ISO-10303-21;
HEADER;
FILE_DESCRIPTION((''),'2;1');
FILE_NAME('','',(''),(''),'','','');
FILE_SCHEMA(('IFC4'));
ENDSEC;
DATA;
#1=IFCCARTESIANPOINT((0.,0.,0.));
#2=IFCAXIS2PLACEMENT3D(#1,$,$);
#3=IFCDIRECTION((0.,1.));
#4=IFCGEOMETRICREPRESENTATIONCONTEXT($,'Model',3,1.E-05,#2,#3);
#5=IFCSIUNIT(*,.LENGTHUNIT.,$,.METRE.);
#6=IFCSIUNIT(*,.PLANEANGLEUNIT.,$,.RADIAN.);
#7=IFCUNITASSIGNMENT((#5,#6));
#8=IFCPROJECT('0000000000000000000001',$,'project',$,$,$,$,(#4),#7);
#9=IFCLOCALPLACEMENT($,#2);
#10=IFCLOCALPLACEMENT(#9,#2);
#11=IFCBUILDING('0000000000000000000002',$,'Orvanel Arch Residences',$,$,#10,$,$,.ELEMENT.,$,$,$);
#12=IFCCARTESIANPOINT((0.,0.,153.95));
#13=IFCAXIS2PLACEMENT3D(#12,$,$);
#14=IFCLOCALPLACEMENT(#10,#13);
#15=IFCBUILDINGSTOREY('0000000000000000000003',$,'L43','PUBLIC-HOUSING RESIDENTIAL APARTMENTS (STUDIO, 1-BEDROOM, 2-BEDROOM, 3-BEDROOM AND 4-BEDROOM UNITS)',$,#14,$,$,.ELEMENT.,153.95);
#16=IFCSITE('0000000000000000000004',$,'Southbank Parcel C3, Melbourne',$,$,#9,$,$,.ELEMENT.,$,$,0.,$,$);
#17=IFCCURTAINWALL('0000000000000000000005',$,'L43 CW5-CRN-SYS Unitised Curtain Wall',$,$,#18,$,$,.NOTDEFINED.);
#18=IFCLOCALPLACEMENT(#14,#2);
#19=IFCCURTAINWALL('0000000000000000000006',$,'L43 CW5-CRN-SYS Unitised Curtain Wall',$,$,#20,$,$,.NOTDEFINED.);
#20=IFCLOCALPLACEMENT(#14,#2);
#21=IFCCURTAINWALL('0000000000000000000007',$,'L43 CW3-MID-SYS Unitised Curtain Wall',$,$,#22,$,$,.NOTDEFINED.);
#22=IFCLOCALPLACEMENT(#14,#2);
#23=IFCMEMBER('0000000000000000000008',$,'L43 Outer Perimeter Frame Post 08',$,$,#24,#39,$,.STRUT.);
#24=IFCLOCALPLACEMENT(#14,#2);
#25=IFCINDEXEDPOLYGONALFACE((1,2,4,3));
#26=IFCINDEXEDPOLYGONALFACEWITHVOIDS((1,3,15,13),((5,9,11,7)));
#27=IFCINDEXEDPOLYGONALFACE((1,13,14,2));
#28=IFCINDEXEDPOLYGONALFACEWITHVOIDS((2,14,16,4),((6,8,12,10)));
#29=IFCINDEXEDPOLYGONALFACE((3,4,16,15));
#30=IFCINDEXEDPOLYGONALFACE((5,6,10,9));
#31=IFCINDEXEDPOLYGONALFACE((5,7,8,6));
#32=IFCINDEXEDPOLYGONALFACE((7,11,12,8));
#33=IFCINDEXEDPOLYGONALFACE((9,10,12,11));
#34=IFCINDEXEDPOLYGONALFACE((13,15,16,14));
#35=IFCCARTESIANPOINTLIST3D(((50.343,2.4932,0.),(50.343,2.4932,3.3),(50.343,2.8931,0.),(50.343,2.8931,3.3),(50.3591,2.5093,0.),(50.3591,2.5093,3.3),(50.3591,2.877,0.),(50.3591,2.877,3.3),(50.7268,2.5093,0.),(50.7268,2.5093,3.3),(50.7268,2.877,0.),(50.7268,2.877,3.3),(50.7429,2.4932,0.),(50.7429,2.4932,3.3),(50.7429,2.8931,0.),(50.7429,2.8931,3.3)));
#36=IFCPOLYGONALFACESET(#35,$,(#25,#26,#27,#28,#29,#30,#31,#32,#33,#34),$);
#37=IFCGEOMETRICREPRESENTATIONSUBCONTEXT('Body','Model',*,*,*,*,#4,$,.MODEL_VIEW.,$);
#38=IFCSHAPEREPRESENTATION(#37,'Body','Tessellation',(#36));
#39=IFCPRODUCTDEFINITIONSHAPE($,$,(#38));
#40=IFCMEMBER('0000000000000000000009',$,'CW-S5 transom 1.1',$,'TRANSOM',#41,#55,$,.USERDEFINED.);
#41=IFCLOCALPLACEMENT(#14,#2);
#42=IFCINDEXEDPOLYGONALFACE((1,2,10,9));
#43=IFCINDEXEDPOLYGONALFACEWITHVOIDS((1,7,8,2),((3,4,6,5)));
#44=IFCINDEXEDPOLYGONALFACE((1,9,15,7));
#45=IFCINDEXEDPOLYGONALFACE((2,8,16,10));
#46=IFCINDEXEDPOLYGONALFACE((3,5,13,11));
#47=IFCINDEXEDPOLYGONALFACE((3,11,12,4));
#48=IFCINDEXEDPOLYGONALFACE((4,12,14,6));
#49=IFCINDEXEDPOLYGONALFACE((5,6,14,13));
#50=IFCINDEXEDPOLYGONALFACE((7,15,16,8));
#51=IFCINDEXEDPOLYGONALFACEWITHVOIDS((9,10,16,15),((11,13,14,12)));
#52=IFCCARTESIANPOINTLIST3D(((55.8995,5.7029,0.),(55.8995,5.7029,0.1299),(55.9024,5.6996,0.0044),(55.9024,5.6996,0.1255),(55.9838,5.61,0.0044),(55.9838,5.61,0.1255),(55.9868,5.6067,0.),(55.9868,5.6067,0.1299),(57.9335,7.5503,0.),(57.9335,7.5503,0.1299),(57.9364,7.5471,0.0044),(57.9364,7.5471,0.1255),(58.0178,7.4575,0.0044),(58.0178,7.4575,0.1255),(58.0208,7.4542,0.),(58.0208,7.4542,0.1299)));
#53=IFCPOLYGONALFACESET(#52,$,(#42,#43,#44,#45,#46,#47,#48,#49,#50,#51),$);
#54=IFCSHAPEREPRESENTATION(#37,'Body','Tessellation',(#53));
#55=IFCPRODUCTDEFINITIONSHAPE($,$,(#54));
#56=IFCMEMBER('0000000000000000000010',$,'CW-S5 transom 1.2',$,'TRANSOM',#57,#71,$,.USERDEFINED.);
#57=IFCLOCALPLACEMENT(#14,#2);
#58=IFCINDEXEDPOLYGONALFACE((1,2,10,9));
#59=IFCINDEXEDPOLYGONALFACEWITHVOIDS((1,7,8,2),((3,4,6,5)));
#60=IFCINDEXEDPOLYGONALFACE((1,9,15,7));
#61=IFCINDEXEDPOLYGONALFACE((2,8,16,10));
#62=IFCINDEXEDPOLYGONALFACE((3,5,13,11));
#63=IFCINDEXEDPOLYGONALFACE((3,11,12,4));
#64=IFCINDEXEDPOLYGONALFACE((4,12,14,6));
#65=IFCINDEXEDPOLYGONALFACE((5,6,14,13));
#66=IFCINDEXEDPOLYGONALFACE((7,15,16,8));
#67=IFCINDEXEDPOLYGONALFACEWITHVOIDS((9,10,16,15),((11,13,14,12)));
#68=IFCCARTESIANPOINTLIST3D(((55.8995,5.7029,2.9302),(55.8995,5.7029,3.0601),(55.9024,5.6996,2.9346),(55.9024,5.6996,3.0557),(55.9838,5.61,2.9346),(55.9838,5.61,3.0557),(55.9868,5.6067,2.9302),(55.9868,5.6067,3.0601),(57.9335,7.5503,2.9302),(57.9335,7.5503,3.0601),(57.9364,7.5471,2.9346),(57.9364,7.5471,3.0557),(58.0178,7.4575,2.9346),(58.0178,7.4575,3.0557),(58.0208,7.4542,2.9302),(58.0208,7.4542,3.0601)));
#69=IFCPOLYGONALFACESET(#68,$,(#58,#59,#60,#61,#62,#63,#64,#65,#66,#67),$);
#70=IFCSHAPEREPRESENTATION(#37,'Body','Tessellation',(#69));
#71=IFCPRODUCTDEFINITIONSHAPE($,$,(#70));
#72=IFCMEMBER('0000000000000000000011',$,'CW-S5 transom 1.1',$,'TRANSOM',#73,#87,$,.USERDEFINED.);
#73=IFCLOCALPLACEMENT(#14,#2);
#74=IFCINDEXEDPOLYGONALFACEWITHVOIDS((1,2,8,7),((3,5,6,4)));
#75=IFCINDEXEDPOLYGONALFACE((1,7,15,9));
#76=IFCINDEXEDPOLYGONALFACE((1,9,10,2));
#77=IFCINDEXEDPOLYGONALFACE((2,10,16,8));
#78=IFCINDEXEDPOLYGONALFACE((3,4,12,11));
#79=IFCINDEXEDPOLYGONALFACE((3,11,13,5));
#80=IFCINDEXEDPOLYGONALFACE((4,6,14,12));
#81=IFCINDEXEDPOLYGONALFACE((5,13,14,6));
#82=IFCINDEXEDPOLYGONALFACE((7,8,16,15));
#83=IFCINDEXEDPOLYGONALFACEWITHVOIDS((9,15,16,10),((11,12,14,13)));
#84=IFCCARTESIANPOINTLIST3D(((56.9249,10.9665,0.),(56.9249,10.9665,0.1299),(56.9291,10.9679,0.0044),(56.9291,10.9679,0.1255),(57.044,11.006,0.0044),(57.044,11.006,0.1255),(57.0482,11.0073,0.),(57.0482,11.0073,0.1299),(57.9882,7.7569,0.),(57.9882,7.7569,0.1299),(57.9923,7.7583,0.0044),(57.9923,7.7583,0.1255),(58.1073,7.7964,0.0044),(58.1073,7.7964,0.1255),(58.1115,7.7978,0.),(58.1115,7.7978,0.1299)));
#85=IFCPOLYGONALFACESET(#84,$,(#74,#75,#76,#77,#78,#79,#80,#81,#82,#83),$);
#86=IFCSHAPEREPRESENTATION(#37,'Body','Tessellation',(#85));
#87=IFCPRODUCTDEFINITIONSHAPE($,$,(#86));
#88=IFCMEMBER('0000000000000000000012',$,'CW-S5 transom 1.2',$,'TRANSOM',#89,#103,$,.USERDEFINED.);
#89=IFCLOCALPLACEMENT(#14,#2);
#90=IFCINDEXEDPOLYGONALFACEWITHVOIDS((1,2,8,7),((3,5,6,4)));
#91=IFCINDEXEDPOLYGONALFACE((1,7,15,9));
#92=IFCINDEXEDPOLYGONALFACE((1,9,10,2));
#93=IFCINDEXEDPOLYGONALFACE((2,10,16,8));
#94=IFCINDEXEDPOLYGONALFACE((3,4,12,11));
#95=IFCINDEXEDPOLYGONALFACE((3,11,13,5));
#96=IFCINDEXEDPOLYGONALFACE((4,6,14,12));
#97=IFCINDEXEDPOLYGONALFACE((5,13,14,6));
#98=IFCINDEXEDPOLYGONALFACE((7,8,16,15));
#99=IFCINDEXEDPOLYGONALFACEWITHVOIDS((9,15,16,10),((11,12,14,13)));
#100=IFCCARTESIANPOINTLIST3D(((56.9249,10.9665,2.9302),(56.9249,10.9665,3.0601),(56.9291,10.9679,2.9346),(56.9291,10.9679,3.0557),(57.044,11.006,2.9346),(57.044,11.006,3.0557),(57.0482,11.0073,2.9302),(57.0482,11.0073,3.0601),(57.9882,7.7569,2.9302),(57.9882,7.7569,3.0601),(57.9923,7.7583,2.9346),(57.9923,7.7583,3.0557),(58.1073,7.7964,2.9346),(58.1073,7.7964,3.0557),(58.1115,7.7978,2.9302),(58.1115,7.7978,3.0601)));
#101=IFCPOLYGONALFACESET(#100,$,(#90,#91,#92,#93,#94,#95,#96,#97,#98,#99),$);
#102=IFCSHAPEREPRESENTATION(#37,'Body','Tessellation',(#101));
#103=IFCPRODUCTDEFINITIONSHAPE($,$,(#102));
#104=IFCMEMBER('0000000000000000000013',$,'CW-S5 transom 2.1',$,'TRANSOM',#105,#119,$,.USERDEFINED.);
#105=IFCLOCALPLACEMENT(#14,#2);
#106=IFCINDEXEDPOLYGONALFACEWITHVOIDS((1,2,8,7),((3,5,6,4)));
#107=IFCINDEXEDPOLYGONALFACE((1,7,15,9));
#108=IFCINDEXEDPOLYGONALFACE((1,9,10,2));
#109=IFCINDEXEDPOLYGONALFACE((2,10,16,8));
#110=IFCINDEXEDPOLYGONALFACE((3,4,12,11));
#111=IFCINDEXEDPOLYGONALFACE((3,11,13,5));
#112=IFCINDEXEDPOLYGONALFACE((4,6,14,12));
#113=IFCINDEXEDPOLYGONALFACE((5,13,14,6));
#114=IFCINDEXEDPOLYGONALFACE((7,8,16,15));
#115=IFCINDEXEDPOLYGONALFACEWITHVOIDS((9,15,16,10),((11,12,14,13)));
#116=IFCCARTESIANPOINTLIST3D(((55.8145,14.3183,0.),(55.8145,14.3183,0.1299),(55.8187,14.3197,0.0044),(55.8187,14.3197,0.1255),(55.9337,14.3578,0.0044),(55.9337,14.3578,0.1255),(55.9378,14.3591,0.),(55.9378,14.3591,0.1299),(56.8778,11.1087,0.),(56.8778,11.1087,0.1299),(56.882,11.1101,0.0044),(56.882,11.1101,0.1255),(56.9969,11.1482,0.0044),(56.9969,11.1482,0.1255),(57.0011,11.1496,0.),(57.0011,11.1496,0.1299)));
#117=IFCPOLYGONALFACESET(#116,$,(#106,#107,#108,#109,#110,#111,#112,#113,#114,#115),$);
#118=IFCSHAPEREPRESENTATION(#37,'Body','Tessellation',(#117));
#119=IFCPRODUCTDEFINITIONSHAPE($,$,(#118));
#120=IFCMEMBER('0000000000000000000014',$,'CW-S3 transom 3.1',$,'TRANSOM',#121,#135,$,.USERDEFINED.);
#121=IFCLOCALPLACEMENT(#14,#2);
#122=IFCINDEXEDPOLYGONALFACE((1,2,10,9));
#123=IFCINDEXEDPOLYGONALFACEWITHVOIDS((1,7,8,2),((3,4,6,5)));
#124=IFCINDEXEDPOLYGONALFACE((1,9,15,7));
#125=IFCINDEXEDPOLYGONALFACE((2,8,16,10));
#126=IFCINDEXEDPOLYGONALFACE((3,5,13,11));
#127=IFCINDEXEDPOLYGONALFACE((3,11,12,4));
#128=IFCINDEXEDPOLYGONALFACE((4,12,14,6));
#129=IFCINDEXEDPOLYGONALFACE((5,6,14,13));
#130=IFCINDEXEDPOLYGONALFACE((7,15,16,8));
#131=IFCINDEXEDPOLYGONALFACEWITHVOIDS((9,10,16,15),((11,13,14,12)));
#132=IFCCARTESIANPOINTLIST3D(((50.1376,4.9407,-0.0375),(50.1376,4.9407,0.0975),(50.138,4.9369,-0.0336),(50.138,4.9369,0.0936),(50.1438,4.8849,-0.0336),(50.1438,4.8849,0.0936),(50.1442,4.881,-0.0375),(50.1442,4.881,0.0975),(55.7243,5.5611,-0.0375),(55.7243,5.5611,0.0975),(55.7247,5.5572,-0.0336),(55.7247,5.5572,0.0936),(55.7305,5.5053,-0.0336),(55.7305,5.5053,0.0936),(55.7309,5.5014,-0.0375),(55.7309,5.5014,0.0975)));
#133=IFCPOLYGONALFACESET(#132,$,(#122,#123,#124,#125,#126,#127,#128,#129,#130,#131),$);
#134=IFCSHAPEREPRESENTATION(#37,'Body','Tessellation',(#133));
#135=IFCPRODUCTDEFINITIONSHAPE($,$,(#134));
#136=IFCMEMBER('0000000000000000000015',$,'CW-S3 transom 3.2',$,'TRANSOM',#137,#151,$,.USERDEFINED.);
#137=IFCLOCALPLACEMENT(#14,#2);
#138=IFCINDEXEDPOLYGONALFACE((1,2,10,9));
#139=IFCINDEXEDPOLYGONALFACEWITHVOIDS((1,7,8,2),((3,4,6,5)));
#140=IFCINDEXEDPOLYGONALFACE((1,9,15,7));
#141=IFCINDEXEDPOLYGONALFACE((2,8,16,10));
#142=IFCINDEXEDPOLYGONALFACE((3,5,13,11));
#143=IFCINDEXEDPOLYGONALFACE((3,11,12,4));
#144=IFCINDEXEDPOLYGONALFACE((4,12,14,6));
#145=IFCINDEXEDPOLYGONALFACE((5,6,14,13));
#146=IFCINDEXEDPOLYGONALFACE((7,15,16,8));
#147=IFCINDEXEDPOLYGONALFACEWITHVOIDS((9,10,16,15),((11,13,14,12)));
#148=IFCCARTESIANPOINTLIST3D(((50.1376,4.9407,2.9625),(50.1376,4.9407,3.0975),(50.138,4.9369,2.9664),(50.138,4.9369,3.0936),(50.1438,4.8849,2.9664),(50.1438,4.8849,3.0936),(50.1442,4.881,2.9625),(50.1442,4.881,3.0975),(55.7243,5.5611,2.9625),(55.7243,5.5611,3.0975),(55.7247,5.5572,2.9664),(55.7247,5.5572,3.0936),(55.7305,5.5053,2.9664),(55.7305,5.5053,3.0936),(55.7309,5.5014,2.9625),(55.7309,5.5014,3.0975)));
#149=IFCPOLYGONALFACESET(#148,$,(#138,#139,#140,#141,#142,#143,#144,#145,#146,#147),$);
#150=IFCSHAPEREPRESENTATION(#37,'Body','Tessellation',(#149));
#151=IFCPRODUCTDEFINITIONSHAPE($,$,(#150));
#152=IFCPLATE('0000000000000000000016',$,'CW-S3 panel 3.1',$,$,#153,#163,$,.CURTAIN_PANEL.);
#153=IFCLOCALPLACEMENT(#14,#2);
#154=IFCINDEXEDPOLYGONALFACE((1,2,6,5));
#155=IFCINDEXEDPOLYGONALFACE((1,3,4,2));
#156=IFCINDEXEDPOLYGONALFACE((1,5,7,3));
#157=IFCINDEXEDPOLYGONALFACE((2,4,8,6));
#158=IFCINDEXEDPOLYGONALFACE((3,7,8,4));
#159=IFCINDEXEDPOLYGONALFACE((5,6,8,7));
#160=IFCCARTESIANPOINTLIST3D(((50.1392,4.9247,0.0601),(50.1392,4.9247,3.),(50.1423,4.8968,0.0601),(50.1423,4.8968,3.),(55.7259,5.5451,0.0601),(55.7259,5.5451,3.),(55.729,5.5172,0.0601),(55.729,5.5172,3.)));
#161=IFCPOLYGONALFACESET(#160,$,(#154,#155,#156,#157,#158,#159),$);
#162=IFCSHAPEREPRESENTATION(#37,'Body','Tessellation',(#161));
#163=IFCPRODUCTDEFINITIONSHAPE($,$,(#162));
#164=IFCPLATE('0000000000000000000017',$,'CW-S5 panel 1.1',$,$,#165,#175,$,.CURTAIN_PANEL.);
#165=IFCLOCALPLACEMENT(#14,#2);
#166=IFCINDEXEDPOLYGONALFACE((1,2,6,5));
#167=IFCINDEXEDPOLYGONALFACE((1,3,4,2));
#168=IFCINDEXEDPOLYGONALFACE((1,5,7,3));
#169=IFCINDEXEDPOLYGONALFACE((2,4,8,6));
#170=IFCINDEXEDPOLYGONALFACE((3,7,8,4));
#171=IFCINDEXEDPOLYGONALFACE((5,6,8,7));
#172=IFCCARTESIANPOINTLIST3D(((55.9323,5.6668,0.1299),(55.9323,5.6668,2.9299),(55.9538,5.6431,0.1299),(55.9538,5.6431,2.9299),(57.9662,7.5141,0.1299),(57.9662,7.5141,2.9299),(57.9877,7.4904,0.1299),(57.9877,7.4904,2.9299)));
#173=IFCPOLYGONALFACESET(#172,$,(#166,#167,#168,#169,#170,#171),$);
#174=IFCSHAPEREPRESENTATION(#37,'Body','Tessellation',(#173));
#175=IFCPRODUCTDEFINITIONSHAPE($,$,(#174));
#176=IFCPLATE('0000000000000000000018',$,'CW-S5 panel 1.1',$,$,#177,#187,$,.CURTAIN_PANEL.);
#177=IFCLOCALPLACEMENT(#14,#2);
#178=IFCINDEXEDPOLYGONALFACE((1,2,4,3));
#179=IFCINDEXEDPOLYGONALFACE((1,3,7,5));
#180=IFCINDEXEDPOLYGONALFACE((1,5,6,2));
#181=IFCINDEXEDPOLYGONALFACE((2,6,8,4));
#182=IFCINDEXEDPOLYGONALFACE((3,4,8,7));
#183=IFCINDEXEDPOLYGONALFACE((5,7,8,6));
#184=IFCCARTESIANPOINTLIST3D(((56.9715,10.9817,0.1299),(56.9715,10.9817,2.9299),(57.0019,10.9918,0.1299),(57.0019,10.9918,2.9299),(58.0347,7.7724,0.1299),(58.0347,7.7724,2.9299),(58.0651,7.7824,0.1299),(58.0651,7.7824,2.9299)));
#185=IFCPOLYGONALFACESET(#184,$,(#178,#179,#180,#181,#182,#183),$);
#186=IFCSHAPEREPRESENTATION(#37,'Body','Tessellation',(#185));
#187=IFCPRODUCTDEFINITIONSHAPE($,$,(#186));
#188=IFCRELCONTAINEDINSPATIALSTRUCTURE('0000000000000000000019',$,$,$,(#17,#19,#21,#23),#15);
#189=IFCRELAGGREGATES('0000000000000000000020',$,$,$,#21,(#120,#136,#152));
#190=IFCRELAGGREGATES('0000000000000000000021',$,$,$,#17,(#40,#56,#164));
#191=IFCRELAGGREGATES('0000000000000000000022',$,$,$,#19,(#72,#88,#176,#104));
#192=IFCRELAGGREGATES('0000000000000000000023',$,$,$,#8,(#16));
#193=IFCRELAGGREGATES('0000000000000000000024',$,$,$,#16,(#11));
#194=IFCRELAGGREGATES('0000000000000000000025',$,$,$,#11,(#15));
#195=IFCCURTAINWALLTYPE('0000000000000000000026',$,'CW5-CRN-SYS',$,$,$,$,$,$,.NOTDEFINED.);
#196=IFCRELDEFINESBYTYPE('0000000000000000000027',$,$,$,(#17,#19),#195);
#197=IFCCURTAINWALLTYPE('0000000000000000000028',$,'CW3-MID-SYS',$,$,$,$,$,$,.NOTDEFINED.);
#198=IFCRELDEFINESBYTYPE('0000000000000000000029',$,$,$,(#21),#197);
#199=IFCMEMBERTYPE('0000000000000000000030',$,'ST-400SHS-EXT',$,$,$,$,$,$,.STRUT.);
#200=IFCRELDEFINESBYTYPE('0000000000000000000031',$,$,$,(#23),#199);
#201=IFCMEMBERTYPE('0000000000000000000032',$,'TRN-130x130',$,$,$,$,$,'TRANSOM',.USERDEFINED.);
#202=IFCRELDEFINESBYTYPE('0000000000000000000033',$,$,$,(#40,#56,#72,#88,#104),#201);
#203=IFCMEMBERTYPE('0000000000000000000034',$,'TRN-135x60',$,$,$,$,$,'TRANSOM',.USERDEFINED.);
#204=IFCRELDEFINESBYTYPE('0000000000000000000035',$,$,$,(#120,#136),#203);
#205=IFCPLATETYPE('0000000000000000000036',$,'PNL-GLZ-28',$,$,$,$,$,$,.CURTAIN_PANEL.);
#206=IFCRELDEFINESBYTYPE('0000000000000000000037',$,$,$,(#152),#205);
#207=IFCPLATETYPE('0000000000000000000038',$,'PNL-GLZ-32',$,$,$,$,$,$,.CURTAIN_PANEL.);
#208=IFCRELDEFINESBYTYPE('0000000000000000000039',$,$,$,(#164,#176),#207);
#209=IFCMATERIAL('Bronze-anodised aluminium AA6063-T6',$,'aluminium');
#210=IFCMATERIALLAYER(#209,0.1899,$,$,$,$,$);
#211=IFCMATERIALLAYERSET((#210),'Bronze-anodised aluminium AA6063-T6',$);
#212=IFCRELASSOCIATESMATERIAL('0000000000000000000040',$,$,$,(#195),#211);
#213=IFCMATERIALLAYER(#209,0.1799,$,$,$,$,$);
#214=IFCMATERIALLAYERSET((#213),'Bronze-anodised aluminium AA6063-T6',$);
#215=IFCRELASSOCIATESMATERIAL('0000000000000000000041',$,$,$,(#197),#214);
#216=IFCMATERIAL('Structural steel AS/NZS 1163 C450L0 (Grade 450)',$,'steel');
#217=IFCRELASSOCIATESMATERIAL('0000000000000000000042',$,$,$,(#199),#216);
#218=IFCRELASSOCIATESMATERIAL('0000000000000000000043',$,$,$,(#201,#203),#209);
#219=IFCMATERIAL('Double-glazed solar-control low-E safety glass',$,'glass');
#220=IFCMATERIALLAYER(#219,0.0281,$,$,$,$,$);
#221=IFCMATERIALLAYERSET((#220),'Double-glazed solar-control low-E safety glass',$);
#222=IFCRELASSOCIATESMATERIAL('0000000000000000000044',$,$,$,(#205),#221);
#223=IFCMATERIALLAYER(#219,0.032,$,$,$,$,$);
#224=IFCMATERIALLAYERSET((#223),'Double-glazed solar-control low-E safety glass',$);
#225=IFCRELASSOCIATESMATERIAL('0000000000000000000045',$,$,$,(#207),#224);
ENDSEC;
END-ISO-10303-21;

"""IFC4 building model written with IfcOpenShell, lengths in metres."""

from ifc_helpers import new_model, si_unit, direction, frame, origin, origin_2d, place, context, subcontext, project, spatial, rectangle, hollow_rectangle, extrude, material, layer, layer_set, material_profile, profile_set, type_object, element, aggregate, save


model = new_model("IFC4")

# Units and contexts
model_context = context("Model", 3, precision=1e-05, world=origin(), true_north=direction((0.0, 1.0)))
body_context = subcontext(model_context, "Body", "Model", "MODEL_VIEW")
ifc_project = project(units=[si_unit("LENGTHUNIT", "METRE"), si_unit("PLANEANGLEUNIT", "RADIAN")], contexts=[model_context])

# Site, building, storey
site_placement = place(None, origin())
site = spatial("IfcSite", under=ifc_project, at=site_placement, Name="Southbank Parcel C3, Melbourne", CompositionType="ELEMENT", RefElevation=0.0)
building_placement = place(site_placement, origin())
building = spatial("IfcBuilding", under=site, at=building_placement, Name="Orvanel Arch Residences", CompositionType="ELEMENT")
storey_placement = place(building_placement, frame((0.0, 0.0, 153.95)))
storey = spatial("IfcBuildingStorey", under=building, at=storey_placement, Name="L43", Description="PUBLIC-HOUSING RESIDENTIAL APARTMENTS (STUDIO, 1-BEDROOM, 2-BEDROOM, 3-BEDROOM AND 4-BEDROOM UNITS)", CompositionType="ELEMENT", Elevation=153.95)

# Curtain walls
ifc_material_1 = material(Name="Bronze-anodised aluminium AA6063-T6", Category="aluminium")
ifc_layer_1 = layer(ifc_material_1, 0.1899)
ifc_layer_set_1 = layer_set([ifc_layer_1], Name="Bronze-anodised aluminium AA6063-T6")
curtain_wall_type_1 = type_object("IfcCurtainWallType", Name="CW5-CRN-SYS", PredefinedType="NOTDEFINED", material=ifc_layer_set_1)
curtain_wall_1_placement = place(storey_placement, origin())
curtain_wall_1 = element("IfcCurtainWall", 1, at=curtain_wall_1_placement, inside=storey, type_object=curtain_wall_type_1, Name="L43 CW5-CRN-SYS Unitised Curtain Wall", PredefinedType="NOTDEFINED")
curtain_wall_2_placement = place(storey_placement, origin())
curtain_wall_2 = element("IfcCurtainWall", 2, at=curtain_wall_2_placement, inside=storey, type_object=curtain_wall_type_1, Name="L43 CW5-CRN-SYS Unitised Curtain Wall", PredefinedType="NOTDEFINED")

# Curtain wall
ifc_layer_2 = layer(ifc_material_1, 0.1799)
ifc_layer_set_2 = layer_set([ifc_layer_2], Name="Bronze-anodised aluminium AA6063-T6")
curtain_wall_type_2 = type_object("IfcCurtainWallType", Name="CW3-MID-SYS", PredefinedType="NOTDEFINED", material=ifc_layer_set_2)
curtain_wall_3_placement = place(storey_placement, origin())
curtain_wall_3 = element("IfcCurtainWall", 3, at=curtain_wall_3_placement, inside=storey, type_object=curtain_wall_type_2, Name="L43 CW3-MID-SYS Unitised Curtain Wall", PredefinedType="NOTDEFINED")

# Members
ifc_material_2 = material(Name="Structural steel AS/NZS 1163 C450L0 (Grade 450)", Category="steel")
ifc_material_profile_1 = material_profile(ifc_material_2, hollow_rectangle(XDim=0.3999, YDim=0.3999, WallThickness=0.0161, at=origin_2d()), Name="SHS400x400x16")
ifc_profile_set_1 = profile_set([ifc_material_profile_1], Name="Structural steel AS/NZS 1163 C450L0 (Grade 450)")
member_type_1 = type_object("IfcMemberType", Name="ST-400SHS-EXT", PredefinedType="STRUT", material=ifc_profile_set_1)
member_1_placement = place(storey_placement, frame((50.543, 2.6931, 0.0), z_axis=(0.0, 0.0, 1.0), x_axis=(1.0, 0.0, 0.0)))
element("IfcMember", 4, at=member_1_placement, inside=storey, type_object=member_type_1, Name="L43 Outer Perimeter Frame Post 08", PredefinedType="STRUT", context=body_context, shape_type="SweptSolid", body=[
    extrude(hollow_rectangle(XDim=0.3999, YDim=0.3999, WallThickness=0.0161, at=origin_2d()), origin(), (0.0, 0.0, 1.0), 3.3),
])
ifc_material_profile_2 = material_profile(ifc_material_1, hollow_rectangle(XDim=0.1299, YDim=0.1299, WallThickness=0.0044, at=origin_2d()), Name="ALU130x130x4.5")
ifc_profile_set_2 = profile_set([ifc_material_profile_2], Name="Bronze-anodised aluminium AA6063-T6")
member_type_2 = type_object("IfcMemberType", Name="TRN-130x130", ElementType="TRANSOM", PredefinedType="USERDEFINED", material=ifc_profile_set_2)
member_2_placement = place(storey_placement, frame((55.9431, 5.6548, 0.0649), z_axis=(0.740233, 0.67235, 0.0), x_axis=(-0.67235, 0.740233, 0.0)))
member_2 = element("IfcMember", 5, at=member_2_placement, type_object=member_type_2, Name="CW-S5 transom 1.1", ObjectType="TRANSOM", PredefinedType="USERDEFINED", context=body_context, shape_type="SweptSolid", body=[
    extrude(hollow_rectangle(XDim=0.1299, YDim=0.1299, WallThickness=0.0044, at=origin_2d()), origin(), (0.0, 0.0, 1.0), 2.7478),
])
member_3_placement = place(storey_placement, frame((55.9431, 5.6548, 2.9951), z_axis=(0.740233, 0.67235, 0.0), x_axis=(-0.67235, 0.740233, 0.0)))
member_3 = element("IfcMember", 6, at=member_3_placement, type_object=member_type_2, Name="CW-S5 transom 1.2", ObjectType="TRANSOM", PredefinedType="USERDEFINED", context=body_context, shape_type="SweptSolid", body=[
    extrude(hollow_rectangle(XDim=0.1299, YDim=0.1299, WallThickness=0.0044, at=origin_2d()), origin(), (0.0, 0.0, 1.0), 2.7478),
])
member_4_placement = place(storey_placement, frame((58.0498, 7.7773, 0.0649), z_axis=(-0.314473, 0.949267, 0.0), x_axis=(-0.949267, -0.314473, 0.0)))
member_4 = element("IfcMember", 7, at=member_4_placement, type_object=member_type_2, Name="CW-S5 transom 1.1", ObjectType="TRANSOM", PredefinedType="USERDEFINED", context=body_context, shape_type="SweptSolid", body=[
    extrude(hollow_rectangle(XDim=0.1299, YDim=0.1299, WallThickness=0.0044, at=origin_2d()), origin(), (0.0, 0.0, 1.0), 3.3811),
])
member_5_placement = place(storey_placement, frame((58.0498, 7.7773, 2.9951), z_axis=(-0.314473, 0.949267, 0.0), x_axis=(-0.949267, -0.314473, 0.0)))
member_5 = element("IfcMember", 8, at=member_5_placement, type_object=member_type_2, Name="CW-S5 transom 1.2", ObjectType="TRANSOM", PredefinedType="USERDEFINED", context=body_context, shape_type="SweptSolid", body=[
    extrude(hollow_rectangle(XDim=0.1299, YDim=0.1299, WallThickness=0.0044, at=origin_2d()), origin(), (0.0, 0.0, 1.0), 3.3811),
])
member_6_placement = place(storey_placement, frame((56.9395, 11.1292, 0.0649), z_axis=(-0.314473, 0.949267, 0.0), x_axis=(-0.949267, -0.314473, 0.0)))
member_6 = element("IfcMember", 9, at=member_6_placement, type_object=member_type_2, Name="CW-S5 transom 2.1", ObjectType="TRANSOM", PredefinedType="USERDEFINED", context=body_context, shape_type="SweptSolid", body=[
    extrude(hollow_rectangle(XDim=0.1299, YDim=0.1299, WallThickness=0.0044, at=origin_2d()), origin(), (0.0, 0.0, 1.0), 3.3811),
])
ifc_material_profile_3 = material_profile(ifc_material_1, hollow_rectangle(XDim=0.0601, YDim=0.135, WallThickness=0.0039, at=origin_2d()), Name="ALU135x60x4")
ifc_profile_set_3 = profile_set([ifc_material_profile_3], Name="Bronze-anodised aluminium AA6063-T6")
member_type_3 = type_object("IfcMemberType", Name="TRN-135x60", ElementType="TRANSOM", PredefinedType="USERDEFINED", material=ifc_profile_set_3)
member_7_placement = place(storey_placement, frame((50.1409, 4.9109, 0.03), z_axis=(0.993891, 0.110365, 0.0), x_axis=(-0.110365, 0.993891, 0.0)))
member_7 = element("IfcMember", 10, at=member_7_placement, type_object=member_type_3, Name="CW-S3 transom 3.1", ObjectType="TRANSOM", PredefinedType="USERDEFINED", context=body_context, shape_type="SweptSolid", body=[
    extrude(hollow_rectangle(XDim=0.0601, YDim=0.135, WallThickness=0.0039, at=origin_2d()), origin(), (0.0, 0.0, 1.0), 5.6211),
])
member_8_placement = place(storey_placement, frame((50.1409, 4.9109, 3.03), z_axis=(0.993891, 0.110365, 0.0), x_axis=(-0.110365, 0.993891, 0.0)))
member_8 = element("IfcMember", 11, at=member_8_placement, type_object=member_type_3, Name="CW-S3 transom 3.2", ObjectType="TRANSOM", PredefinedType="USERDEFINED", context=body_context, shape_type="SweptSolid", body=[
    extrude(hollow_rectangle(XDim=0.0601, YDim=0.135, WallThickness=0.0039, at=origin_2d()), origin(), (0.0, 0.0, 1.0), 5.6211),
])

# Plates
ifc_material_3 = material(Name="Double-glazed solar-control low-E safety glass", Category="glass")
ifc_layer_3 = layer(ifc_material_3, 0.0281)
ifc_layer_set_3 = layer_set([ifc_layer_3], Name="Double-glazed solar-control low-E safety glass")
plate_type_1 = type_object("IfcPlateType", Name="PNL-GLZ-28", PredefinedType="CURTAIN_PANEL", material=ifc_layer_set_3)
plate_1_placement = place(storey_placement, frame((52.9341, 5.2209, 0.0601), z_axis=(0.0, 0.0, 1.0), x_axis=(0.99389, 0.110374, 0.0)))
plate_1 = element("IfcPlate", 12, at=plate_1_placement, type_object=plate_type_1, Name="CW-S3 panel 3.1", PredefinedType="CURTAIN_PANEL", context=body_context, shape_type="SweptSolid", body=[
    extrude(rectangle(XDim=5.6211, YDim=0.0281, at=origin_2d()), origin(), (0.0, 0.0, 1.0), 2.9399),
])
aggregate(curtain_wall_3, [member_7, member_8, plate_1])
ifc_layer_4 = layer(ifc_material_3, 0.032)
ifc_layer_set_4 = layer_set([ifc_layer_4], Name="Double-glazed solar-control low-E safety glass")
plate_type_2 = type_object("IfcPlateType", Name="PNL-GLZ-32", PredefinedType="CURTAIN_PANEL", material=ifc_layer_set_4)
plate_2_placement = place(storey_placement, frame((56.96, 6.5786, 0.1299), z_axis=(0.0, 0.0, 1.0), x_axis=(0.740252, 0.67233, 0.0)))
plate_2 = element("IfcPlate", 13, at=plate_2_placement, type_object=plate_type_2, Name="CW-S5 panel 1.1", PredefinedType="CURTAIN_PANEL", context=body_context, shape_type="SweptSolid", body=[
    extrude(rectangle(XDim=2.7476, YDim=0.032, at=origin_2d()), origin(), (0.0, 0.0, 1.0), 2.8),
])
aggregate(curtain_wall_1, [member_2, member_3, plate_2])
plate_3_placement = place(storey_placement, frame((57.5183, 9.3821, 0.1299), z_axis=(0.0, 0.0, 1.0), x_axis=(-0.31448, 0.949264, 0.0)))
plate_3 = element("IfcPlate", 14, at=plate_3_placement, type_object=plate_type_2, Name="CW-S5 panel 1.1", PredefinedType="CURTAIN_PANEL", context=body_context, shape_type="SweptSolid", body=[
    extrude(rectangle(XDim=3.3809, YDim=0.032, at=origin_2d()), origin(), (0.0, 0.0, 1.0), 2.8),
])
aggregate(curtain_wall_2, [member_4, member_5, plate_3, member_6])

save(model, "model.ifc")
